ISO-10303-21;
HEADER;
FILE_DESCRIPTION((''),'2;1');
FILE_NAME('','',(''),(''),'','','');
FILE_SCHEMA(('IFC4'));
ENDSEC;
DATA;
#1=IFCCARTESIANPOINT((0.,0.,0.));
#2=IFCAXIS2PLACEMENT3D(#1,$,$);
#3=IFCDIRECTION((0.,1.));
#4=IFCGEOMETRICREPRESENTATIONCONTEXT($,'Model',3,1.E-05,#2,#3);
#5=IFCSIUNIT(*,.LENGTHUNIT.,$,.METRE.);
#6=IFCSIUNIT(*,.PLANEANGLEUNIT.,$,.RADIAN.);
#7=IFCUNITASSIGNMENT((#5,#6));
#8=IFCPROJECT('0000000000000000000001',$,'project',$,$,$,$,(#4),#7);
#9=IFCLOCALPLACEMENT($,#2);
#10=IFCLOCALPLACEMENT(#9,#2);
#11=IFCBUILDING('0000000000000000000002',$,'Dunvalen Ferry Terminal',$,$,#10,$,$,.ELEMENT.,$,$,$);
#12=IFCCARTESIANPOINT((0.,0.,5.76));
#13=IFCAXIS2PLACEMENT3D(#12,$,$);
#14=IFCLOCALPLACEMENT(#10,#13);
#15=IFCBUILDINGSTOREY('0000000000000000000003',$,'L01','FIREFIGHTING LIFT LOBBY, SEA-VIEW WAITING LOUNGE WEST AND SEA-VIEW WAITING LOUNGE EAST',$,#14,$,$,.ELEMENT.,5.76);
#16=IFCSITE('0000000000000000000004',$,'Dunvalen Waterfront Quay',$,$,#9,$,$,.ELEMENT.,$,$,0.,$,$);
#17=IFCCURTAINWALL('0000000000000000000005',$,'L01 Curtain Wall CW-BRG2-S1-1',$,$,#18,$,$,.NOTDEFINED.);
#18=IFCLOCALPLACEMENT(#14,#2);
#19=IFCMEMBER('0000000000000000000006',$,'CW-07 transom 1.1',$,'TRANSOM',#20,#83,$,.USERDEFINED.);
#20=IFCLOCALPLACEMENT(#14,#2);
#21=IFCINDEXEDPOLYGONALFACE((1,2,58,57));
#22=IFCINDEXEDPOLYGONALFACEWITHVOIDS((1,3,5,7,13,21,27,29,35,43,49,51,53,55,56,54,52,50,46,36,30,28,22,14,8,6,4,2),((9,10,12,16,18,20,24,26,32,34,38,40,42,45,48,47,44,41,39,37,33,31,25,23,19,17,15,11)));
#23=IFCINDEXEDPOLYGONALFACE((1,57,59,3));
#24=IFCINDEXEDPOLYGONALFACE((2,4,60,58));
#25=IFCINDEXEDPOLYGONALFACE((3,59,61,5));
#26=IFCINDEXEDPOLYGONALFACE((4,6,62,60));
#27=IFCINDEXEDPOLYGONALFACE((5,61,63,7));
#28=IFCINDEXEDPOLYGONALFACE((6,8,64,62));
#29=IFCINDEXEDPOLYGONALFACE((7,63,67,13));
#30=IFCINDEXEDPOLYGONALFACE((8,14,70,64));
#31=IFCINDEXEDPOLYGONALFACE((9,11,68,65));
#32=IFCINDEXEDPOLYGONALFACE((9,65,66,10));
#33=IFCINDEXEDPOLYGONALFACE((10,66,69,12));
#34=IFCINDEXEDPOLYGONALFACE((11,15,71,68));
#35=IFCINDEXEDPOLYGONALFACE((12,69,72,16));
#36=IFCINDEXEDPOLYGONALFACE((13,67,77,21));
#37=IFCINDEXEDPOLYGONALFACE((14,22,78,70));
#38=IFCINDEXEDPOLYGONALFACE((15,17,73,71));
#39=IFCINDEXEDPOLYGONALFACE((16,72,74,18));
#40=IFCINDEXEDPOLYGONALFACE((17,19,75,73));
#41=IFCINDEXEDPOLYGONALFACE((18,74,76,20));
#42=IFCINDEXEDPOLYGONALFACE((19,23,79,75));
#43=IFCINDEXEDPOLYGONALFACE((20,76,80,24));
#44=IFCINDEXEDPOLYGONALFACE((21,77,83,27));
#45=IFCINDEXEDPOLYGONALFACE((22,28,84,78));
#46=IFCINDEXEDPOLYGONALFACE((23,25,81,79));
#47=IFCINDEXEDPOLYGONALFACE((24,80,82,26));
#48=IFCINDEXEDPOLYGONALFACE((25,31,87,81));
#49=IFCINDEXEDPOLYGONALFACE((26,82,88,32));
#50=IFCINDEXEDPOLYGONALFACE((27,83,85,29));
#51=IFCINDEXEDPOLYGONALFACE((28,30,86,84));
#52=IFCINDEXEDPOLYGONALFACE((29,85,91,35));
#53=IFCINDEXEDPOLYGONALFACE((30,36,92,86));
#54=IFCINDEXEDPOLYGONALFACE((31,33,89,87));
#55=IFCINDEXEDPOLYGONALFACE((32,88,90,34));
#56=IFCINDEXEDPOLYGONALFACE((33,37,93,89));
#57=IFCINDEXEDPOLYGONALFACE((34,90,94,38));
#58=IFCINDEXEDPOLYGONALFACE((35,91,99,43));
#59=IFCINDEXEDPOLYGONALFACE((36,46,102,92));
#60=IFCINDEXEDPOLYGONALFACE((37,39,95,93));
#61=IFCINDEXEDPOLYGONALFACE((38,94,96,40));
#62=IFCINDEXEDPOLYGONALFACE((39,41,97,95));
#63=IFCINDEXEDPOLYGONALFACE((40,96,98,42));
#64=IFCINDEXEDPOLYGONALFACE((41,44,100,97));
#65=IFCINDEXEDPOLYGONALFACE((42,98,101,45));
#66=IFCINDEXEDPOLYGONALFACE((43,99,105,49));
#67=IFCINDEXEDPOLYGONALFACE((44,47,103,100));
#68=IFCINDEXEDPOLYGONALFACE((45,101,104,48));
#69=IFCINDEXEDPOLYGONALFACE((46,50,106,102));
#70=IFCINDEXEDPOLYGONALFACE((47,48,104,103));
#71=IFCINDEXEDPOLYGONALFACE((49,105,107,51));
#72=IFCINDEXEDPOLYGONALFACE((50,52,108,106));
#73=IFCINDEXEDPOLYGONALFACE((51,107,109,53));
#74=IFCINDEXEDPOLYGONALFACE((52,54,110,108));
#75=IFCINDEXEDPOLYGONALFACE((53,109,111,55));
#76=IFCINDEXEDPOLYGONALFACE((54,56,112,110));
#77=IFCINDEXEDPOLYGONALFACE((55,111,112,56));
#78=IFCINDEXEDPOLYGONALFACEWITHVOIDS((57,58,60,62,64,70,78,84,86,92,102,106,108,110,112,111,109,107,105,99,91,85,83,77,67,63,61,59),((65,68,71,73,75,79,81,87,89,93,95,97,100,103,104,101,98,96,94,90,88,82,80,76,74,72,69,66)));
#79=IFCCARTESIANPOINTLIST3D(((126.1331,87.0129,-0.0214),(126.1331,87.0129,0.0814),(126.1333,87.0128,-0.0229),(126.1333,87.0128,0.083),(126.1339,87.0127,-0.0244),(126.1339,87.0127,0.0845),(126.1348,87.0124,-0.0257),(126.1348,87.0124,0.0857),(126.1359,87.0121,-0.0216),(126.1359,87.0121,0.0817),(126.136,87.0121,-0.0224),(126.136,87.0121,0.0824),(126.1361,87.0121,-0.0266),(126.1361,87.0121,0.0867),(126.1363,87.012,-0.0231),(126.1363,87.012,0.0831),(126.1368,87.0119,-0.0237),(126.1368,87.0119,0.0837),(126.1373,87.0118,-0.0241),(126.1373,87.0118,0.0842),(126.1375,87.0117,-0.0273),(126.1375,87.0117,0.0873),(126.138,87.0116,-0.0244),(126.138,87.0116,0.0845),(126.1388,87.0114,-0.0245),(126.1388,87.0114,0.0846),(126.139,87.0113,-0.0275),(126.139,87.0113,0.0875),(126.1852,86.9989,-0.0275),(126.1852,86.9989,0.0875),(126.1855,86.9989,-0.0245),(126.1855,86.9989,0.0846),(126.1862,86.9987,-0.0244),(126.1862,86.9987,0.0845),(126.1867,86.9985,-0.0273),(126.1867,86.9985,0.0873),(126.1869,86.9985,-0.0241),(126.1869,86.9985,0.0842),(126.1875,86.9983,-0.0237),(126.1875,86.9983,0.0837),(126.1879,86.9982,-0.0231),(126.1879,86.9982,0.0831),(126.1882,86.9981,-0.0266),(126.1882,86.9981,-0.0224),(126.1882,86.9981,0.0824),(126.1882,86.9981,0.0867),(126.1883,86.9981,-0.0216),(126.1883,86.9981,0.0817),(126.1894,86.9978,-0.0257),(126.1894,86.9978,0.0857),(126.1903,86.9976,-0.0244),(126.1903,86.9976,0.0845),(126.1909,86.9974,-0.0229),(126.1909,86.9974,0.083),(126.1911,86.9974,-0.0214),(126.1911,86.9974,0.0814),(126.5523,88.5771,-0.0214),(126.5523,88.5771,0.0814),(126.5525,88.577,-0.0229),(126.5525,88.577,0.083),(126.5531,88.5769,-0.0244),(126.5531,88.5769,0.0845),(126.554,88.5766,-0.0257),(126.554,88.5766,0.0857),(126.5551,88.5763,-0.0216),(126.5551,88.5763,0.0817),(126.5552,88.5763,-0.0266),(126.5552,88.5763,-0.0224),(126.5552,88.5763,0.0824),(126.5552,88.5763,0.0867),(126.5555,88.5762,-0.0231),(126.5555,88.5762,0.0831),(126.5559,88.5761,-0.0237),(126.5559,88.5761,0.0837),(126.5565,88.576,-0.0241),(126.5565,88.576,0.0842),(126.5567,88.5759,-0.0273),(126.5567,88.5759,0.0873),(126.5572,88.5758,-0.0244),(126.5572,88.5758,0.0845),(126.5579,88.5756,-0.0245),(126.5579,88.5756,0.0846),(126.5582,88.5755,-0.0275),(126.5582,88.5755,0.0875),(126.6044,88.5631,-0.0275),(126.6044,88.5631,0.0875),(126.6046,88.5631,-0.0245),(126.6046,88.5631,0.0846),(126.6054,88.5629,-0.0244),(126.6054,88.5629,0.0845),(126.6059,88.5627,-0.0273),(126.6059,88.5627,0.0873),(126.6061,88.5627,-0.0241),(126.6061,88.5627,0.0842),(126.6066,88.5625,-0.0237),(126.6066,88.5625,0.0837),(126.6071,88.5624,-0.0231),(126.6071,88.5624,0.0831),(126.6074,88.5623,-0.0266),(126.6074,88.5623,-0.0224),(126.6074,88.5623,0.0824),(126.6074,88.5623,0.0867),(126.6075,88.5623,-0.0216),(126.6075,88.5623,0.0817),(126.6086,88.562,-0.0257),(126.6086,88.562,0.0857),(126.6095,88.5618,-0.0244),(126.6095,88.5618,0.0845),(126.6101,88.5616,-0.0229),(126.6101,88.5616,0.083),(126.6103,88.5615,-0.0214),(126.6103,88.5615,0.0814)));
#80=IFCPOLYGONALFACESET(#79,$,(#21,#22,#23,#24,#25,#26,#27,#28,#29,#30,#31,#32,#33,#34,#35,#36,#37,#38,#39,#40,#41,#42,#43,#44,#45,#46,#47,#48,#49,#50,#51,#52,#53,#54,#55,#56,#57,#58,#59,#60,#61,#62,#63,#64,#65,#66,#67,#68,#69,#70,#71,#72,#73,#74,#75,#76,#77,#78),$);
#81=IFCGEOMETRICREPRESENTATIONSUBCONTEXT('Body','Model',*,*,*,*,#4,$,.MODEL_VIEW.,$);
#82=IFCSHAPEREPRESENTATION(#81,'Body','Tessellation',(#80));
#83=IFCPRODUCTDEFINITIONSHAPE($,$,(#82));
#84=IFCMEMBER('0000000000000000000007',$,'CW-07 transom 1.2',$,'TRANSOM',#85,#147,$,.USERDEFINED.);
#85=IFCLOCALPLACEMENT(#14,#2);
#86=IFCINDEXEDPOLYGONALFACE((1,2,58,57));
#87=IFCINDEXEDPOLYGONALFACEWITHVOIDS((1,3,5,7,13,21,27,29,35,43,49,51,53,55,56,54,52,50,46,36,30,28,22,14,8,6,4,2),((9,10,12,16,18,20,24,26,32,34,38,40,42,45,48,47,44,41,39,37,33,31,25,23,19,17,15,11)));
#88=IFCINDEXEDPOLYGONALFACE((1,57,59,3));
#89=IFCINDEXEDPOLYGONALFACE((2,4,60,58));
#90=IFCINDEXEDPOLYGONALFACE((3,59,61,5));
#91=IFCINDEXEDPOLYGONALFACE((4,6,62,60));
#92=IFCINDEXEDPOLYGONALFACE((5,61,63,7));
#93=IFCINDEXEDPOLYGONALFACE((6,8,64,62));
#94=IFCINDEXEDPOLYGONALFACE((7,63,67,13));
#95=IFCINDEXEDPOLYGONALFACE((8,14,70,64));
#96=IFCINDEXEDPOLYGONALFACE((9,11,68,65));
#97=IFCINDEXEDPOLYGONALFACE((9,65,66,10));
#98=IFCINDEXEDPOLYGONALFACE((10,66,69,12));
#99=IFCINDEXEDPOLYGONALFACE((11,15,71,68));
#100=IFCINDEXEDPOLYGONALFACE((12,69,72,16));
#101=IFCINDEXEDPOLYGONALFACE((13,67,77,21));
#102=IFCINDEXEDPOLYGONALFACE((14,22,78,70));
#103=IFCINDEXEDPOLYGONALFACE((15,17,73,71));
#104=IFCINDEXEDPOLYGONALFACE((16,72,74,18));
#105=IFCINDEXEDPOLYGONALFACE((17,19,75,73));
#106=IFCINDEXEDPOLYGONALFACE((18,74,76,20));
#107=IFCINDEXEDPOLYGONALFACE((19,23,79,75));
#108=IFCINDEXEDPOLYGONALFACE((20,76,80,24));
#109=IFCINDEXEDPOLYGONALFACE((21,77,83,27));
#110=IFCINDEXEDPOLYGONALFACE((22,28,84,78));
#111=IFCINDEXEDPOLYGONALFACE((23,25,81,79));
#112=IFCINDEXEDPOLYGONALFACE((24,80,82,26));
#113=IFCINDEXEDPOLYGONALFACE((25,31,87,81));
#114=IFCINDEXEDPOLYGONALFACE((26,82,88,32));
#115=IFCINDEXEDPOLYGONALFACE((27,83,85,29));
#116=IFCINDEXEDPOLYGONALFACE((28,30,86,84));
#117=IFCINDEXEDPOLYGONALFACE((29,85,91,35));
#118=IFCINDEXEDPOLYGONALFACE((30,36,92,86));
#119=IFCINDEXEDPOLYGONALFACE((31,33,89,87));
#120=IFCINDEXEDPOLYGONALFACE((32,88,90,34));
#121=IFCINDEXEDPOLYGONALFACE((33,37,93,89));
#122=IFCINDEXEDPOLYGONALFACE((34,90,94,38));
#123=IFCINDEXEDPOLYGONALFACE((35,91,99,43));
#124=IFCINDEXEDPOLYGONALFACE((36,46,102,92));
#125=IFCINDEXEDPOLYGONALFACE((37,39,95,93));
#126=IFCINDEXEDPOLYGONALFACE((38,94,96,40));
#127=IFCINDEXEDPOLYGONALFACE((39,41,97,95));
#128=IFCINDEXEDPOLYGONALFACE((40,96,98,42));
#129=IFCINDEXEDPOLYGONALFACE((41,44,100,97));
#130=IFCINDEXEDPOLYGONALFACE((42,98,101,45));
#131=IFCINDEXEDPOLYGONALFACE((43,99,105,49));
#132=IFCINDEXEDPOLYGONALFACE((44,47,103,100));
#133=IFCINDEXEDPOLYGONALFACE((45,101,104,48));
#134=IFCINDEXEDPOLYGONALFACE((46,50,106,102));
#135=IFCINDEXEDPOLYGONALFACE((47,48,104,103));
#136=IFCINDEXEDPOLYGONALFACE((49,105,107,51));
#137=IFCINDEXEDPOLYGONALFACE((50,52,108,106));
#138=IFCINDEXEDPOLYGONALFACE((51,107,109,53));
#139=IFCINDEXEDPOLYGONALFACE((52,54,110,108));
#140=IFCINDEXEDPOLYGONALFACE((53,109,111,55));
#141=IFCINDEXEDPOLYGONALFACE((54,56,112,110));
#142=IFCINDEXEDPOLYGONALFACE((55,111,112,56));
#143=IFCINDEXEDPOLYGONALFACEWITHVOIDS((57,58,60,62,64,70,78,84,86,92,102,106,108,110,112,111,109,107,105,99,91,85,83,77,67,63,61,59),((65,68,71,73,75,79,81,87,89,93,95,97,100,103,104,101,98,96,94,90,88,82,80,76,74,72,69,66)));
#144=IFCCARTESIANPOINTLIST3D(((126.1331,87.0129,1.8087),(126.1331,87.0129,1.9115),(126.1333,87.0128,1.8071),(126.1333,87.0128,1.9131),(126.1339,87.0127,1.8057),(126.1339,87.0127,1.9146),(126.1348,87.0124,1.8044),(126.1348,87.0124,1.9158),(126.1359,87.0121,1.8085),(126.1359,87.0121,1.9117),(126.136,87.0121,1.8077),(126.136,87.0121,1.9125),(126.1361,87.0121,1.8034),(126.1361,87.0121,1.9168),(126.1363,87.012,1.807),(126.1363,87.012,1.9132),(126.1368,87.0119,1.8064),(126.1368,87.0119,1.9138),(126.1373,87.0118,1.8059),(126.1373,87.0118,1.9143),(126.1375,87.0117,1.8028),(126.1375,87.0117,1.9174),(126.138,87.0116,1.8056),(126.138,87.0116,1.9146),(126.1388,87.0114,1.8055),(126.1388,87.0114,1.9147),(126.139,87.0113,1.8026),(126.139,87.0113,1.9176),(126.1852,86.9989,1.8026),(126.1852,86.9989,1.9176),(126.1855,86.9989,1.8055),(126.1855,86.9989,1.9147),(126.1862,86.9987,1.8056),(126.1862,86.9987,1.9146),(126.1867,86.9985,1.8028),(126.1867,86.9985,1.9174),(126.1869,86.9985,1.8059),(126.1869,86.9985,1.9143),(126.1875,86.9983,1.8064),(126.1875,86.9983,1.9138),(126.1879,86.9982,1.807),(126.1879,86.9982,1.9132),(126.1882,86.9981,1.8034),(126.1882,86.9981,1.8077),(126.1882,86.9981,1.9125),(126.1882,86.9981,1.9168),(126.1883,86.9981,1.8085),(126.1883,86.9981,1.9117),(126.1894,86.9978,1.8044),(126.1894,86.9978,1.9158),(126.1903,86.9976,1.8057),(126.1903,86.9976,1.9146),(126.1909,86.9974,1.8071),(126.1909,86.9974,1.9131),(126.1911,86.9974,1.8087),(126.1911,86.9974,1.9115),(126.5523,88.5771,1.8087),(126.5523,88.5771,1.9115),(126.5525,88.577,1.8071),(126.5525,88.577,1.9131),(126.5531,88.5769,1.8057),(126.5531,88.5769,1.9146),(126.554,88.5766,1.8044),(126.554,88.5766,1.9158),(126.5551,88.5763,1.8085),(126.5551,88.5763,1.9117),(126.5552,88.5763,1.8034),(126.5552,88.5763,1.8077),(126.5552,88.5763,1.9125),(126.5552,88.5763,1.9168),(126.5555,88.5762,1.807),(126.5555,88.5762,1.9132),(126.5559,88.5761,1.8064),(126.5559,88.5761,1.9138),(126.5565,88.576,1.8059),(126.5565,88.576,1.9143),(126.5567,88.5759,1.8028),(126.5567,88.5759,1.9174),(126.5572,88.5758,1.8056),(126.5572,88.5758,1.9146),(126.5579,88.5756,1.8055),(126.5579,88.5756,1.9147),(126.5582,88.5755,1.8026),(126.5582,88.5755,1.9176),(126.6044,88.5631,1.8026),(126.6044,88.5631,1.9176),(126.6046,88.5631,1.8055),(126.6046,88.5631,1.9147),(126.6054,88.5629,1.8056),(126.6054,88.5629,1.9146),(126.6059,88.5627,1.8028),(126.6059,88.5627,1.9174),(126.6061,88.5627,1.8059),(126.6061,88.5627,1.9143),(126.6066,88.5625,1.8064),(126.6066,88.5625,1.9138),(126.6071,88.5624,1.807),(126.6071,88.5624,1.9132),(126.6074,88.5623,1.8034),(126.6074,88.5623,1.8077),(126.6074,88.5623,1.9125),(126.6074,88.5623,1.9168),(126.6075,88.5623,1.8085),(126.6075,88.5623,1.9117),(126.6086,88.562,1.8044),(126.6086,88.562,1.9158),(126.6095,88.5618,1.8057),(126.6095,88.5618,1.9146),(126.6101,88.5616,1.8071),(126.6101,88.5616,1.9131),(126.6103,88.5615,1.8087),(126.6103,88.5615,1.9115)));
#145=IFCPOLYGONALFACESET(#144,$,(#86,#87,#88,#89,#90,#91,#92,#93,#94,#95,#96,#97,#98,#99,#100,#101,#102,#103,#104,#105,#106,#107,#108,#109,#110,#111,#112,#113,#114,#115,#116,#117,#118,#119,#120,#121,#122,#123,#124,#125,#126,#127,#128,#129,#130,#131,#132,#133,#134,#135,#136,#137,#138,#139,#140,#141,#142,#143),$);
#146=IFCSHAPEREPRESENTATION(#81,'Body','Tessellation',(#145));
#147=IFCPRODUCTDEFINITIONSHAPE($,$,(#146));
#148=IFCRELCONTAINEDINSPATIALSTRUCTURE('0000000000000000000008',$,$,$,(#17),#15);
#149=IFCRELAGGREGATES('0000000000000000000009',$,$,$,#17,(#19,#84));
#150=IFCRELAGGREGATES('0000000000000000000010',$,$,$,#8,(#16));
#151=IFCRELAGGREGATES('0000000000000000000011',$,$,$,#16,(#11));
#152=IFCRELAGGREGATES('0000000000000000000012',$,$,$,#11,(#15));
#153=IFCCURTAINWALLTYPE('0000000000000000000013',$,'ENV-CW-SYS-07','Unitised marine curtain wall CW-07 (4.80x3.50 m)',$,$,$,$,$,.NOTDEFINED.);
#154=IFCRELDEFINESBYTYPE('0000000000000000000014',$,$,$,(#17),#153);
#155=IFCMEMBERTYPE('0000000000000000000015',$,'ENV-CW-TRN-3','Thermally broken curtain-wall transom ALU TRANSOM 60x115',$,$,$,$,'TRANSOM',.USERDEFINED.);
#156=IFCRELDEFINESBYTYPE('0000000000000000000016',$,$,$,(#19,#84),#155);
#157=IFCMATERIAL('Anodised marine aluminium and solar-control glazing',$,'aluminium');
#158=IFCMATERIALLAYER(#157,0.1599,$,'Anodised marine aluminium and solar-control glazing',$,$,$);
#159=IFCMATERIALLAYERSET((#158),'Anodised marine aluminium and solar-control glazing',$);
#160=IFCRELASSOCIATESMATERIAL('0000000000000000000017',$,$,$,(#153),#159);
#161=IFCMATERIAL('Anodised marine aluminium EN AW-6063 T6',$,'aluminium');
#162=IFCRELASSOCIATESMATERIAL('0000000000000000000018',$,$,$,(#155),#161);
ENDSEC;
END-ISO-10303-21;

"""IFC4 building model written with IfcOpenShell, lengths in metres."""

from ifc_helpers import new_model, si_unit, direction, frame, origin, origin_2d, place, context, subcontext, project, spatial, hollow_rectangle, extrude, material, layer, layer_set, material_profile, profile_set, type_object, element, aggregate, save


model = new_model("IFC4")

# Units and contexts
model_context = context("Model", 3, precision=1e-05, world=origin(), true_north=direction((0.0, 1.0)))
body_context = subcontext(model_context, "Body", "Model", "MODEL_VIEW")
ifc_project = project(units=[si_unit("LENGTHUNIT", "METRE"), si_unit("PLANEANGLEUNIT", "RADIAN")], contexts=[model_context])

# Site, building, storey
site_placement = place(None, origin())
site = spatial("IfcSite", under=ifc_project, at=site_placement, Name="Dunvalen Waterfront Quay", CompositionType="ELEMENT", RefElevation=0.0)
building_placement = place(site_placement, origin())
building = spatial("IfcBuilding", under=site, at=building_placement, Name="Dunvalen Ferry Terminal", CompositionType="ELEMENT")
storey_placement = place(building_placement, frame((0.0, 0.0, 5.76)))
storey = spatial("IfcBuildingStorey", under=building, at=storey_placement, Name="L01", Description="FIREFIGHTING LIFT LOBBY, SEA-VIEW WAITING LOUNGE WEST AND SEA-VIEW WAITING LOUNGE EAST", CompositionType="ELEMENT", Elevation=5.76)

# Curtain wall
ifc_material_1 = material(Name="Anodised marine aluminium and solar-control glazing", Category="aluminium")
ifc_material_2 = material(Name="Anodised marine aluminium EN AW-6063 T6", Category="aluminium")
ifc_layer_1 = layer(ifc_material_1, 0.1599, Name="Anodised marine aluminium and solar-control glazing")
ifc_layer_set_1 = layer_set([ifc_layer_1], Name="Anodised marine aluminium and solar-control glazing")
curtain_wall_type_1 = type_object("IfcCurtainWallType", Name="ENV-CW-SYS-07", Description="Unitised marine curtain wall CW-07 (4.80x3.50 m)", PredefinedType="NOTDEFINED", material=ifc_layer_set_1)
curtain_wall_1_placement = place(storey_placement, origin())
curtain_wall_1 = element("IfcCurtainWall", 1, at=curtain_wall_1_placement, inside=storey, type_object=curtain_wall_type_1, Name="L01 Curtain Wall CW-BRG2-S1-1", PredefinedType="NOTDEFINED")

# Members
ifc_material_profile_1 = material_profile(ifc_material_2, hollow_rectangle(XDim=0.0601, YDim=0.115, WallThickness=0.0029, InnerFilletRadius=0.0029, OuterFilletRadius=0.0061, at=origin_2d()), Name="Anodised marine aluminium EN AW-6063 T6")
ifc_profile_set_1 = profile_set([ifc_material_profile_1], Name="Anodised marine aluminium EN AW-6063 T6")
member_type_1 = type_object("IfcMemberType", Name="ENV-CW-TRN-3", Description="Thermally broken curtain-wall transom ALU TRANSOM 60x115", ElementType="TRANSOM", PredefinedType="USERDEFINED", material=ifc_profile_set_1)
member_1_placement = place(storey_placement, frame((126.1621, 87.0051, 0.03), z_axis=(0.258854, 0.965916, 0.0), x_axis=(-0.965916, 0.258854, 0.0)))
member_1 = element("IfcMember", 2, at=member_1_placement, type_object=member_type_1, Name="CW-07 transom 1.1", ObjectType="TRANSOM", PredefinedType="USERDEFINED", context=body_context, shape_type="SweptSolid", body=[
    extrude(hollow_rectangle(XDim=0.0601, YDim=0.115, WallThickness=0.0029, InnerFilletRadius=0.0029, OuterFilletRadius=0.0061, at=origin_2d()), origin(), (0.0, 0.0, 1.0), 1.6194),
])
member_2_placement = place(storey_placement, frame((126.1621, 87.0051, 1.8601), z_axis=(0.258854, 0.965916, 0.0), x_axis=(-0.965916, 0.258854, 0.0)))
member_2 = element("IfcMember", 3, at=member_2_placement, type_object=member_type_1, Name="CW-07 transom 1.2", ObjectType="TRANSOM", PredefinedType="USERDEFINED", context=body_context, shape_type="SweptSolid", body=[
    extrude(hollow_rectangle(XDim=0.0601, YDim=0.115, WallThickness=0.0029, InnerFilletRadius=0.0029, OuterFilletRadius=0.0061, at=origin_2d()), origin(), (0.0, 0.0, 1.0), 1.6194),
])

aggregate(curtain_wall_1, [member_1, member_2])

save(model, "model.ifc")
